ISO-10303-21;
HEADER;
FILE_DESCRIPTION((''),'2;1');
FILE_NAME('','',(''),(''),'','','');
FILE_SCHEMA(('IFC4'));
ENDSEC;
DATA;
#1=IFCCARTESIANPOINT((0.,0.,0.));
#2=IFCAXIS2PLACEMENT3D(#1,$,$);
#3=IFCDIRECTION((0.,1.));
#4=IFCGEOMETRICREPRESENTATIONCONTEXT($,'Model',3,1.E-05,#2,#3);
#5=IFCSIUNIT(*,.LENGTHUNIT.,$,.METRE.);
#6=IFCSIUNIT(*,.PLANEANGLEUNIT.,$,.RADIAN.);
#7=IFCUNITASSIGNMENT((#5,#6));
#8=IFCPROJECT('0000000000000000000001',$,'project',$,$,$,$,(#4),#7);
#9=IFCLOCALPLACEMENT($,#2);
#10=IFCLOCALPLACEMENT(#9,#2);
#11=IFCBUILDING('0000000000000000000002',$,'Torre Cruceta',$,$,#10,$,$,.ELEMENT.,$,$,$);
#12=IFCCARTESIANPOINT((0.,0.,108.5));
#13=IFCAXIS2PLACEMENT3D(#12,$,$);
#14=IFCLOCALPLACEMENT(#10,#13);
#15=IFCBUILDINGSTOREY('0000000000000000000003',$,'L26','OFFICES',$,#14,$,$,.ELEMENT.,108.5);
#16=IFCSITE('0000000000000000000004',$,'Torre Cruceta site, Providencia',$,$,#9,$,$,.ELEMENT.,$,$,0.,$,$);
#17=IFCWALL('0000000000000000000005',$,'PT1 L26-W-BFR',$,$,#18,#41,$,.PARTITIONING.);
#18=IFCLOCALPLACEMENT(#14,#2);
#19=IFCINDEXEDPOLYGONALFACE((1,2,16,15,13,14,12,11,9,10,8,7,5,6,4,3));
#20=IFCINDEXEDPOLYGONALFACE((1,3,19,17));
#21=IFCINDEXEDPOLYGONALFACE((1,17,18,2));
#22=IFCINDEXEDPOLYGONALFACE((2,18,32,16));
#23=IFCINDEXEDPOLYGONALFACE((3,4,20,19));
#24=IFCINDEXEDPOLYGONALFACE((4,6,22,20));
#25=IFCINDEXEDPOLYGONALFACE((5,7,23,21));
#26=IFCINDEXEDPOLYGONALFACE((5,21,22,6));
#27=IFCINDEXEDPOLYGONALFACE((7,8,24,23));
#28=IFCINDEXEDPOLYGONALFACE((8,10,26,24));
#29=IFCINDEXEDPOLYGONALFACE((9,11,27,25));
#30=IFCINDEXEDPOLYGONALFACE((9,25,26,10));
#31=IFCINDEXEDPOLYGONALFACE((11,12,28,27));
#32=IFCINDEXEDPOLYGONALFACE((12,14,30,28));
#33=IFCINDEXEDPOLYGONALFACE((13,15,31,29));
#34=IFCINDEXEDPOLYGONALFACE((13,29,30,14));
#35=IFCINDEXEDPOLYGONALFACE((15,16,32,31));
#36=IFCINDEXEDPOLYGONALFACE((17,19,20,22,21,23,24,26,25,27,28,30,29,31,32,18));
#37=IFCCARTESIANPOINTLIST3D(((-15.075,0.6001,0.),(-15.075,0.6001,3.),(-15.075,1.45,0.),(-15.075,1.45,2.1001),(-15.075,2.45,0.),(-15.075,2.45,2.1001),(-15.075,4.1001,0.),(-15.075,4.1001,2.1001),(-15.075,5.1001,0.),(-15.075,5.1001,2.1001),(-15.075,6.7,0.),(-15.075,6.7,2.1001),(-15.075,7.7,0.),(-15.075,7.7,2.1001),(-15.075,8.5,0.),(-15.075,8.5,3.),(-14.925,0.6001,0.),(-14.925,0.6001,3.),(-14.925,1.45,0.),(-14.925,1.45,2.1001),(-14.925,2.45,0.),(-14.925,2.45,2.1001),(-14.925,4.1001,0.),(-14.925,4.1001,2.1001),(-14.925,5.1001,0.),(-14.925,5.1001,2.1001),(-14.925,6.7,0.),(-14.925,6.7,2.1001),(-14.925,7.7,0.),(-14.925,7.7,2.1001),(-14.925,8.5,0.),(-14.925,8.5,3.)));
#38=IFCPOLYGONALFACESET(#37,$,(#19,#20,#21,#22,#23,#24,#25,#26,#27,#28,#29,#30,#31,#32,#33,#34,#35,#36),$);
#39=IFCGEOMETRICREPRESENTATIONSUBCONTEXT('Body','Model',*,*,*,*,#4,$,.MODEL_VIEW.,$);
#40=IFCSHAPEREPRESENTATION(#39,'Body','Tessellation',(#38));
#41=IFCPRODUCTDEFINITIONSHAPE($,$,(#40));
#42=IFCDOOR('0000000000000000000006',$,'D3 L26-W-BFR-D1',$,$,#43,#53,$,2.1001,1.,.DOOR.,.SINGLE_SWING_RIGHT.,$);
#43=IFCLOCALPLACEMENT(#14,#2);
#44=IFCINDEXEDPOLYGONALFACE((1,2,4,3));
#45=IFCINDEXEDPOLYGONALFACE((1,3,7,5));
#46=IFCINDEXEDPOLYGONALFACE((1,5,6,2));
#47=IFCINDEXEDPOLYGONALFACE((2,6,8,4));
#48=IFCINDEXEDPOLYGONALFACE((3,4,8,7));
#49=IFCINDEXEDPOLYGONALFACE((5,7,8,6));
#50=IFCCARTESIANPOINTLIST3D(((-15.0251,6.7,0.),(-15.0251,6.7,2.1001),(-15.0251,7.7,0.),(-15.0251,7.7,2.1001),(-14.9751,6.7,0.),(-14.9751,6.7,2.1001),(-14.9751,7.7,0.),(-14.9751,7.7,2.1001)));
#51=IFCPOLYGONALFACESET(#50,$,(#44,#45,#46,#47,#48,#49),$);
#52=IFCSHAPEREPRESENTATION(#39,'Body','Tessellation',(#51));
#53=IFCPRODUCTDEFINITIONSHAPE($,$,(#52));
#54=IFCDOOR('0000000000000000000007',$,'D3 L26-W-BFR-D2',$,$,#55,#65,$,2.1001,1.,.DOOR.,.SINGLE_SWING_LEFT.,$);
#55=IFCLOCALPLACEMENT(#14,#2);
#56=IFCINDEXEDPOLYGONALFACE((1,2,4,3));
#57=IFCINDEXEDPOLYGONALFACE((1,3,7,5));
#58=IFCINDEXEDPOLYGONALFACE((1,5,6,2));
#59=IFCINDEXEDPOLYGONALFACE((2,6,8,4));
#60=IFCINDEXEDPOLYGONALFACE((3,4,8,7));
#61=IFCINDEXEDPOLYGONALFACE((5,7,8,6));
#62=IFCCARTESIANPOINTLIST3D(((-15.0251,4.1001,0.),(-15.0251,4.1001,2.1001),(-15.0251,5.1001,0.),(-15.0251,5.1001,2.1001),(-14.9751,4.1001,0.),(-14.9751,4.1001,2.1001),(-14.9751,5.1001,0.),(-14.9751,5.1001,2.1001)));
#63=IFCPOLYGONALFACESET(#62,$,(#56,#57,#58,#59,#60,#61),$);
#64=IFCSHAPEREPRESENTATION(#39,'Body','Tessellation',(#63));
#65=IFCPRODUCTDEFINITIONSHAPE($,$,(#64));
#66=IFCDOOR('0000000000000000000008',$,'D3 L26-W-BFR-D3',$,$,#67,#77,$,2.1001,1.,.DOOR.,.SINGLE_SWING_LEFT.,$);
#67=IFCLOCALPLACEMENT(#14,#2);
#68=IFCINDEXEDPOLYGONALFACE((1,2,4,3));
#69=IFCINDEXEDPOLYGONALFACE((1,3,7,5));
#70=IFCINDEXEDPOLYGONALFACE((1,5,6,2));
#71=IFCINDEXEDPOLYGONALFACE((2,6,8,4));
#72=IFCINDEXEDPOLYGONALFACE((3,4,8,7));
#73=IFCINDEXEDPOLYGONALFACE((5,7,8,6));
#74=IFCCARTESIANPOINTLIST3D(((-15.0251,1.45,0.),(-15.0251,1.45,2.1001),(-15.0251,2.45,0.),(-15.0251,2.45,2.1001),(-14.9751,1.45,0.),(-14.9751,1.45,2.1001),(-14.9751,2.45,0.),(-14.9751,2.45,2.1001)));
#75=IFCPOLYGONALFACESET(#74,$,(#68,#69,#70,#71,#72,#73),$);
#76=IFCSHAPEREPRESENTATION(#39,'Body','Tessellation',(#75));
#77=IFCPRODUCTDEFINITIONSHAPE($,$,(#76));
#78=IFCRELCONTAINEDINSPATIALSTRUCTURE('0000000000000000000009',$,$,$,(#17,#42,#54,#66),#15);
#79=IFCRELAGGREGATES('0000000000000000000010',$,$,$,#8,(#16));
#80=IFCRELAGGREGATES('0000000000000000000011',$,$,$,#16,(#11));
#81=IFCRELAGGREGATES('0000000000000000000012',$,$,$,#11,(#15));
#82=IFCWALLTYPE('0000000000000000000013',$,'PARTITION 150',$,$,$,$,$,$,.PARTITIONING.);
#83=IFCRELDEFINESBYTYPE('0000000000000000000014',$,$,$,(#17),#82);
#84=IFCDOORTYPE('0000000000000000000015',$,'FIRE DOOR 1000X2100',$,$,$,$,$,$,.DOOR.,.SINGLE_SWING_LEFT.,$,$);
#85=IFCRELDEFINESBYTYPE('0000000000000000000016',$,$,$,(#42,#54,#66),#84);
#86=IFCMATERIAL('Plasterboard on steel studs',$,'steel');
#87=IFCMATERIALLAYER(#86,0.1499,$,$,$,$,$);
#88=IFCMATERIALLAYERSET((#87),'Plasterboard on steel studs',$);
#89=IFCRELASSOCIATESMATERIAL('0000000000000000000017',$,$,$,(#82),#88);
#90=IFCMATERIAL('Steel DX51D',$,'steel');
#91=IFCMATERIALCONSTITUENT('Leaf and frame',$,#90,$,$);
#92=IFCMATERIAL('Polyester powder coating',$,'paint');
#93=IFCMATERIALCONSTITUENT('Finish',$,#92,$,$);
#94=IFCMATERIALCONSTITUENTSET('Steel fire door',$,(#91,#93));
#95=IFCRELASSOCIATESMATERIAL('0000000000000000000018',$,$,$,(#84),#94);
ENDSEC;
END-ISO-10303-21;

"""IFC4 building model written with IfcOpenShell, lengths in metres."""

from ifc_helpers import new_model, si_unit, direction, frame, frame_2d, origin, place, context, subcontext, project, spatial, rectangle, extrude, material, layer, layer_set, constituent, constituent_set, type_object, element, fill, save


model = new_model("IFC4")

# Units and contexts
model_context = context("Model", 3, precision=1e-05, world=origin(), true_north=direction((0.0, 1.0)))
body_context = subcontext(model_context, "Body", "Model", "MODEL_VIEW")
ifc_project = project(units=[si_unit("LENGTHUNIT", "METRE"), si_unit("PLANEANGLEUNIT", "RADIAN")], contexts=[model_context])

# Site, building, storey
site_placement = place(None, origin())
site = spatial("IfcSite", under=ifc_project, at=site_placement, Name="Torre Cruceta site, Providencia", CompositionType="ELEMENT", RefElevation=0.0)
building_placement = place(site_placement, origin())
building = spatial("IfcBuilding", under=site, at=building_placement, Name="Torre Cruceta", CompositionType="ELEMENT")
storey_placement = place(building_placement, frame((0.0, 0.0, 108.5)))
storey = spatial("IfcBuildingStorey", under=building, at=storey_placement, Name="L26", Description="OFFICES", CompositionType="ELEMENT", Elevation=108.5)

# Wall, openings, doors
ifc_material_1 = material(Name="Plasterboard on steel studs", Category="steel")
ifc_layer_1 = layer(ifc_material_1, 0.1499)
ifc_layer_set_1 = layer_set([ifc_layer_1], Name="Plasterboard on steel studs")
wall_type = type_object("IfcWallType", Name="PARTITION 150", PredefinedType="PARTITIONING", material=ifc_layer_set_1)
ifc_material_2 = material(Name="Steel DX51D", Category="steel")
ifc_constituent_1 = constituent(ifc_material_2, Name="Leaf and frame")
ifc_material_3 = material(Name="Polyester powder coating", Category="paint")
ifc_constituent_2 = constituent(ifc_material_3, Name="Finish")
ifc_constituent_set = constituent_set(constituents=[ifc_constituent_1, ifc_constituent_2], Name="Steel fire door")
door_type = type_object("IfcDoorType", Name="FIRE DOOR 1000X2100", OperationType="SINGLE_SWING_LEFT", PredefinedType="DOOR", material=ifc_constituent_set)
wall_1_placement = place(storey_placement, frame((-15.0, 8.5, 0.0), z_axis=(0.0, 0.0, 1.0), x_axis=(0.0, -1.0, 0.0)))
wall_1 = element("IfcWall", 1, at=wall_1_placement, inside=storey, type_object=wall_type, Name="PT1 L26-W-BFR", PredefinedType="PARTITIONING", context=body_context, shape_type="SweptSolid", body=[
    extrude(rectangle(XDim=7.8999, YDim=0.1499, at=frame_2d((3.95, 0.0))), origin(), (0.0, 0.0, 1.0), 3.0),
])
opening_1_placement = place(wall_1_placement, frame((0.8, 0.0, 0.0)))
opening_1 = element("IfcOpeningElement", 2, at=opening_1_placement, cuts=wall_1, PredefinedType="OPENING", context=body_context, shape_type="SweptSolid", body=[
    extrude(rectangle(XDim=1.0, YDim=2.1001, at=frame_2d((0.5, 1.05))), frame((0.0, 0.085, 0.0), z_axis=(0.0, -1.0, 0.0), x_axis=(1.0, 0.0, 0.0)), (0.0, 0.0, 1.0), 0.1699),
])
opening_2_placement = place(wall_1_placement, frame((3.3999, 0.0, 0.0)))
opening_2 = element("IfcOpeningElement", 3, at=opening_2_placement, cuts=wall_1, PredefinedType="OPENING", context=body_context, shape_type="SweptSolid", body=[
    extrude(rectangle(XDim=1.0, YDim=2.1001, at=frame_2d((0.5, 1.05))), frame((0.0, 0.085, 0.0), z_axis=(0.0, -1.0, 0.0), x_axis=(1.0, 0.0, 0.0)), (0.0, 0.0, 1.0), 0.1699),
])
opening_3_placement = place(wall_1_placement, frame((6.05, 0.0, 0.0)))
opening_3 = element("IfcOpeningElement", 4, at=opening_3_placement, cuts=wall_1, PredefinedType="OPENING", context=body_context, shape_type="SweptSolid", body=[
    extrude(rectangle(XDim=1.0, YDim=2.1001, at=frame_2d((0.5, 1.05))), frame((0.0, 0.085, 0.0), z_axis=(0.0, -1.0, 0.0), x_axis=(1.0, 0.0, 0.0)), (0.0, 0.0, 1.0), 0.1699),
])
door_1_placement = place(opening_1_placement, origin())
door_1 = element("IfcDoor", 5, at=door_1_placement, inside=storey, type_object=door_type, Name="D3 L26-W-BFR-D1", OperationType="SINGLE_SWING_RIGHT", OverallHeight=2.1001, OverallWidth=1.0, PredefinedType="DOOR", context=body_context, shape_type="SweptSolid", body=[
    extrude(rectangle(XDim=1.0, YDim=2.1001, at=frame_2d((0.5, 1.05))), frame((0.0, 0.0249, 0.0), z_axis=(0.0, -1.0, 0.0), x_axis=(1.0, 0.0, 0.0)), (0.0, 0.0, 1.0), 0.05),
])
fill(opening_1, door_1)
door_2_placement = place(opening_2_placement, origin())
door_2 = element("IfcDoor", 6, at=door_2_placement, inside=storey, type_object=door_type, Name="D3 L26-W-BFR-D2", OperationType="SINGLE_SWING_LEFT", OverallHeight=2.1001, OverallWidth=1.0, PredefinedType="DOOR", context=body_context, shape_type="SweptSolid", body=[
    extrude(rectangle(XDim=1.0, YDim=2.1001, at=frame_2d((0.5, 1.05))), frame((0.0, 0.0249, 0.0), z_axis=(0.0, -1.0, 0.0), x_axis=(1.0, 0.0, 0.0)), (0.0, 0.0, 1.0), 0.05),
])
fill(opening_2, door_2)
door_3_placement = place(opening_3_placement, origin())
door_3 = element("IfcDoor", 7, at=door_3_placement, inside=storey, type_object=door_type, Name="D3 L26-W-BFR-D3", OperationType="SINGLE_SWING_LEFT", OverallHeight=2.1001, OverallWidth=1.0, PredefinedType="DOOR", context=body_context, shape_type="SweptSolid", body=[
    extrude(rectangle(XDim=1.0, YDim=2.1001, at=frame_2d((0.5, 1.05))), frame((0.0, 0.0249, 0.0), z_axis=(0.0, -1.0, 0.0), x_axis=(1.0, 0.0, 0.0)), (0.0, 0.0, 1.0), 0.05),
])
fill(opening_3, door_3)

save(model, "model.ifc")
